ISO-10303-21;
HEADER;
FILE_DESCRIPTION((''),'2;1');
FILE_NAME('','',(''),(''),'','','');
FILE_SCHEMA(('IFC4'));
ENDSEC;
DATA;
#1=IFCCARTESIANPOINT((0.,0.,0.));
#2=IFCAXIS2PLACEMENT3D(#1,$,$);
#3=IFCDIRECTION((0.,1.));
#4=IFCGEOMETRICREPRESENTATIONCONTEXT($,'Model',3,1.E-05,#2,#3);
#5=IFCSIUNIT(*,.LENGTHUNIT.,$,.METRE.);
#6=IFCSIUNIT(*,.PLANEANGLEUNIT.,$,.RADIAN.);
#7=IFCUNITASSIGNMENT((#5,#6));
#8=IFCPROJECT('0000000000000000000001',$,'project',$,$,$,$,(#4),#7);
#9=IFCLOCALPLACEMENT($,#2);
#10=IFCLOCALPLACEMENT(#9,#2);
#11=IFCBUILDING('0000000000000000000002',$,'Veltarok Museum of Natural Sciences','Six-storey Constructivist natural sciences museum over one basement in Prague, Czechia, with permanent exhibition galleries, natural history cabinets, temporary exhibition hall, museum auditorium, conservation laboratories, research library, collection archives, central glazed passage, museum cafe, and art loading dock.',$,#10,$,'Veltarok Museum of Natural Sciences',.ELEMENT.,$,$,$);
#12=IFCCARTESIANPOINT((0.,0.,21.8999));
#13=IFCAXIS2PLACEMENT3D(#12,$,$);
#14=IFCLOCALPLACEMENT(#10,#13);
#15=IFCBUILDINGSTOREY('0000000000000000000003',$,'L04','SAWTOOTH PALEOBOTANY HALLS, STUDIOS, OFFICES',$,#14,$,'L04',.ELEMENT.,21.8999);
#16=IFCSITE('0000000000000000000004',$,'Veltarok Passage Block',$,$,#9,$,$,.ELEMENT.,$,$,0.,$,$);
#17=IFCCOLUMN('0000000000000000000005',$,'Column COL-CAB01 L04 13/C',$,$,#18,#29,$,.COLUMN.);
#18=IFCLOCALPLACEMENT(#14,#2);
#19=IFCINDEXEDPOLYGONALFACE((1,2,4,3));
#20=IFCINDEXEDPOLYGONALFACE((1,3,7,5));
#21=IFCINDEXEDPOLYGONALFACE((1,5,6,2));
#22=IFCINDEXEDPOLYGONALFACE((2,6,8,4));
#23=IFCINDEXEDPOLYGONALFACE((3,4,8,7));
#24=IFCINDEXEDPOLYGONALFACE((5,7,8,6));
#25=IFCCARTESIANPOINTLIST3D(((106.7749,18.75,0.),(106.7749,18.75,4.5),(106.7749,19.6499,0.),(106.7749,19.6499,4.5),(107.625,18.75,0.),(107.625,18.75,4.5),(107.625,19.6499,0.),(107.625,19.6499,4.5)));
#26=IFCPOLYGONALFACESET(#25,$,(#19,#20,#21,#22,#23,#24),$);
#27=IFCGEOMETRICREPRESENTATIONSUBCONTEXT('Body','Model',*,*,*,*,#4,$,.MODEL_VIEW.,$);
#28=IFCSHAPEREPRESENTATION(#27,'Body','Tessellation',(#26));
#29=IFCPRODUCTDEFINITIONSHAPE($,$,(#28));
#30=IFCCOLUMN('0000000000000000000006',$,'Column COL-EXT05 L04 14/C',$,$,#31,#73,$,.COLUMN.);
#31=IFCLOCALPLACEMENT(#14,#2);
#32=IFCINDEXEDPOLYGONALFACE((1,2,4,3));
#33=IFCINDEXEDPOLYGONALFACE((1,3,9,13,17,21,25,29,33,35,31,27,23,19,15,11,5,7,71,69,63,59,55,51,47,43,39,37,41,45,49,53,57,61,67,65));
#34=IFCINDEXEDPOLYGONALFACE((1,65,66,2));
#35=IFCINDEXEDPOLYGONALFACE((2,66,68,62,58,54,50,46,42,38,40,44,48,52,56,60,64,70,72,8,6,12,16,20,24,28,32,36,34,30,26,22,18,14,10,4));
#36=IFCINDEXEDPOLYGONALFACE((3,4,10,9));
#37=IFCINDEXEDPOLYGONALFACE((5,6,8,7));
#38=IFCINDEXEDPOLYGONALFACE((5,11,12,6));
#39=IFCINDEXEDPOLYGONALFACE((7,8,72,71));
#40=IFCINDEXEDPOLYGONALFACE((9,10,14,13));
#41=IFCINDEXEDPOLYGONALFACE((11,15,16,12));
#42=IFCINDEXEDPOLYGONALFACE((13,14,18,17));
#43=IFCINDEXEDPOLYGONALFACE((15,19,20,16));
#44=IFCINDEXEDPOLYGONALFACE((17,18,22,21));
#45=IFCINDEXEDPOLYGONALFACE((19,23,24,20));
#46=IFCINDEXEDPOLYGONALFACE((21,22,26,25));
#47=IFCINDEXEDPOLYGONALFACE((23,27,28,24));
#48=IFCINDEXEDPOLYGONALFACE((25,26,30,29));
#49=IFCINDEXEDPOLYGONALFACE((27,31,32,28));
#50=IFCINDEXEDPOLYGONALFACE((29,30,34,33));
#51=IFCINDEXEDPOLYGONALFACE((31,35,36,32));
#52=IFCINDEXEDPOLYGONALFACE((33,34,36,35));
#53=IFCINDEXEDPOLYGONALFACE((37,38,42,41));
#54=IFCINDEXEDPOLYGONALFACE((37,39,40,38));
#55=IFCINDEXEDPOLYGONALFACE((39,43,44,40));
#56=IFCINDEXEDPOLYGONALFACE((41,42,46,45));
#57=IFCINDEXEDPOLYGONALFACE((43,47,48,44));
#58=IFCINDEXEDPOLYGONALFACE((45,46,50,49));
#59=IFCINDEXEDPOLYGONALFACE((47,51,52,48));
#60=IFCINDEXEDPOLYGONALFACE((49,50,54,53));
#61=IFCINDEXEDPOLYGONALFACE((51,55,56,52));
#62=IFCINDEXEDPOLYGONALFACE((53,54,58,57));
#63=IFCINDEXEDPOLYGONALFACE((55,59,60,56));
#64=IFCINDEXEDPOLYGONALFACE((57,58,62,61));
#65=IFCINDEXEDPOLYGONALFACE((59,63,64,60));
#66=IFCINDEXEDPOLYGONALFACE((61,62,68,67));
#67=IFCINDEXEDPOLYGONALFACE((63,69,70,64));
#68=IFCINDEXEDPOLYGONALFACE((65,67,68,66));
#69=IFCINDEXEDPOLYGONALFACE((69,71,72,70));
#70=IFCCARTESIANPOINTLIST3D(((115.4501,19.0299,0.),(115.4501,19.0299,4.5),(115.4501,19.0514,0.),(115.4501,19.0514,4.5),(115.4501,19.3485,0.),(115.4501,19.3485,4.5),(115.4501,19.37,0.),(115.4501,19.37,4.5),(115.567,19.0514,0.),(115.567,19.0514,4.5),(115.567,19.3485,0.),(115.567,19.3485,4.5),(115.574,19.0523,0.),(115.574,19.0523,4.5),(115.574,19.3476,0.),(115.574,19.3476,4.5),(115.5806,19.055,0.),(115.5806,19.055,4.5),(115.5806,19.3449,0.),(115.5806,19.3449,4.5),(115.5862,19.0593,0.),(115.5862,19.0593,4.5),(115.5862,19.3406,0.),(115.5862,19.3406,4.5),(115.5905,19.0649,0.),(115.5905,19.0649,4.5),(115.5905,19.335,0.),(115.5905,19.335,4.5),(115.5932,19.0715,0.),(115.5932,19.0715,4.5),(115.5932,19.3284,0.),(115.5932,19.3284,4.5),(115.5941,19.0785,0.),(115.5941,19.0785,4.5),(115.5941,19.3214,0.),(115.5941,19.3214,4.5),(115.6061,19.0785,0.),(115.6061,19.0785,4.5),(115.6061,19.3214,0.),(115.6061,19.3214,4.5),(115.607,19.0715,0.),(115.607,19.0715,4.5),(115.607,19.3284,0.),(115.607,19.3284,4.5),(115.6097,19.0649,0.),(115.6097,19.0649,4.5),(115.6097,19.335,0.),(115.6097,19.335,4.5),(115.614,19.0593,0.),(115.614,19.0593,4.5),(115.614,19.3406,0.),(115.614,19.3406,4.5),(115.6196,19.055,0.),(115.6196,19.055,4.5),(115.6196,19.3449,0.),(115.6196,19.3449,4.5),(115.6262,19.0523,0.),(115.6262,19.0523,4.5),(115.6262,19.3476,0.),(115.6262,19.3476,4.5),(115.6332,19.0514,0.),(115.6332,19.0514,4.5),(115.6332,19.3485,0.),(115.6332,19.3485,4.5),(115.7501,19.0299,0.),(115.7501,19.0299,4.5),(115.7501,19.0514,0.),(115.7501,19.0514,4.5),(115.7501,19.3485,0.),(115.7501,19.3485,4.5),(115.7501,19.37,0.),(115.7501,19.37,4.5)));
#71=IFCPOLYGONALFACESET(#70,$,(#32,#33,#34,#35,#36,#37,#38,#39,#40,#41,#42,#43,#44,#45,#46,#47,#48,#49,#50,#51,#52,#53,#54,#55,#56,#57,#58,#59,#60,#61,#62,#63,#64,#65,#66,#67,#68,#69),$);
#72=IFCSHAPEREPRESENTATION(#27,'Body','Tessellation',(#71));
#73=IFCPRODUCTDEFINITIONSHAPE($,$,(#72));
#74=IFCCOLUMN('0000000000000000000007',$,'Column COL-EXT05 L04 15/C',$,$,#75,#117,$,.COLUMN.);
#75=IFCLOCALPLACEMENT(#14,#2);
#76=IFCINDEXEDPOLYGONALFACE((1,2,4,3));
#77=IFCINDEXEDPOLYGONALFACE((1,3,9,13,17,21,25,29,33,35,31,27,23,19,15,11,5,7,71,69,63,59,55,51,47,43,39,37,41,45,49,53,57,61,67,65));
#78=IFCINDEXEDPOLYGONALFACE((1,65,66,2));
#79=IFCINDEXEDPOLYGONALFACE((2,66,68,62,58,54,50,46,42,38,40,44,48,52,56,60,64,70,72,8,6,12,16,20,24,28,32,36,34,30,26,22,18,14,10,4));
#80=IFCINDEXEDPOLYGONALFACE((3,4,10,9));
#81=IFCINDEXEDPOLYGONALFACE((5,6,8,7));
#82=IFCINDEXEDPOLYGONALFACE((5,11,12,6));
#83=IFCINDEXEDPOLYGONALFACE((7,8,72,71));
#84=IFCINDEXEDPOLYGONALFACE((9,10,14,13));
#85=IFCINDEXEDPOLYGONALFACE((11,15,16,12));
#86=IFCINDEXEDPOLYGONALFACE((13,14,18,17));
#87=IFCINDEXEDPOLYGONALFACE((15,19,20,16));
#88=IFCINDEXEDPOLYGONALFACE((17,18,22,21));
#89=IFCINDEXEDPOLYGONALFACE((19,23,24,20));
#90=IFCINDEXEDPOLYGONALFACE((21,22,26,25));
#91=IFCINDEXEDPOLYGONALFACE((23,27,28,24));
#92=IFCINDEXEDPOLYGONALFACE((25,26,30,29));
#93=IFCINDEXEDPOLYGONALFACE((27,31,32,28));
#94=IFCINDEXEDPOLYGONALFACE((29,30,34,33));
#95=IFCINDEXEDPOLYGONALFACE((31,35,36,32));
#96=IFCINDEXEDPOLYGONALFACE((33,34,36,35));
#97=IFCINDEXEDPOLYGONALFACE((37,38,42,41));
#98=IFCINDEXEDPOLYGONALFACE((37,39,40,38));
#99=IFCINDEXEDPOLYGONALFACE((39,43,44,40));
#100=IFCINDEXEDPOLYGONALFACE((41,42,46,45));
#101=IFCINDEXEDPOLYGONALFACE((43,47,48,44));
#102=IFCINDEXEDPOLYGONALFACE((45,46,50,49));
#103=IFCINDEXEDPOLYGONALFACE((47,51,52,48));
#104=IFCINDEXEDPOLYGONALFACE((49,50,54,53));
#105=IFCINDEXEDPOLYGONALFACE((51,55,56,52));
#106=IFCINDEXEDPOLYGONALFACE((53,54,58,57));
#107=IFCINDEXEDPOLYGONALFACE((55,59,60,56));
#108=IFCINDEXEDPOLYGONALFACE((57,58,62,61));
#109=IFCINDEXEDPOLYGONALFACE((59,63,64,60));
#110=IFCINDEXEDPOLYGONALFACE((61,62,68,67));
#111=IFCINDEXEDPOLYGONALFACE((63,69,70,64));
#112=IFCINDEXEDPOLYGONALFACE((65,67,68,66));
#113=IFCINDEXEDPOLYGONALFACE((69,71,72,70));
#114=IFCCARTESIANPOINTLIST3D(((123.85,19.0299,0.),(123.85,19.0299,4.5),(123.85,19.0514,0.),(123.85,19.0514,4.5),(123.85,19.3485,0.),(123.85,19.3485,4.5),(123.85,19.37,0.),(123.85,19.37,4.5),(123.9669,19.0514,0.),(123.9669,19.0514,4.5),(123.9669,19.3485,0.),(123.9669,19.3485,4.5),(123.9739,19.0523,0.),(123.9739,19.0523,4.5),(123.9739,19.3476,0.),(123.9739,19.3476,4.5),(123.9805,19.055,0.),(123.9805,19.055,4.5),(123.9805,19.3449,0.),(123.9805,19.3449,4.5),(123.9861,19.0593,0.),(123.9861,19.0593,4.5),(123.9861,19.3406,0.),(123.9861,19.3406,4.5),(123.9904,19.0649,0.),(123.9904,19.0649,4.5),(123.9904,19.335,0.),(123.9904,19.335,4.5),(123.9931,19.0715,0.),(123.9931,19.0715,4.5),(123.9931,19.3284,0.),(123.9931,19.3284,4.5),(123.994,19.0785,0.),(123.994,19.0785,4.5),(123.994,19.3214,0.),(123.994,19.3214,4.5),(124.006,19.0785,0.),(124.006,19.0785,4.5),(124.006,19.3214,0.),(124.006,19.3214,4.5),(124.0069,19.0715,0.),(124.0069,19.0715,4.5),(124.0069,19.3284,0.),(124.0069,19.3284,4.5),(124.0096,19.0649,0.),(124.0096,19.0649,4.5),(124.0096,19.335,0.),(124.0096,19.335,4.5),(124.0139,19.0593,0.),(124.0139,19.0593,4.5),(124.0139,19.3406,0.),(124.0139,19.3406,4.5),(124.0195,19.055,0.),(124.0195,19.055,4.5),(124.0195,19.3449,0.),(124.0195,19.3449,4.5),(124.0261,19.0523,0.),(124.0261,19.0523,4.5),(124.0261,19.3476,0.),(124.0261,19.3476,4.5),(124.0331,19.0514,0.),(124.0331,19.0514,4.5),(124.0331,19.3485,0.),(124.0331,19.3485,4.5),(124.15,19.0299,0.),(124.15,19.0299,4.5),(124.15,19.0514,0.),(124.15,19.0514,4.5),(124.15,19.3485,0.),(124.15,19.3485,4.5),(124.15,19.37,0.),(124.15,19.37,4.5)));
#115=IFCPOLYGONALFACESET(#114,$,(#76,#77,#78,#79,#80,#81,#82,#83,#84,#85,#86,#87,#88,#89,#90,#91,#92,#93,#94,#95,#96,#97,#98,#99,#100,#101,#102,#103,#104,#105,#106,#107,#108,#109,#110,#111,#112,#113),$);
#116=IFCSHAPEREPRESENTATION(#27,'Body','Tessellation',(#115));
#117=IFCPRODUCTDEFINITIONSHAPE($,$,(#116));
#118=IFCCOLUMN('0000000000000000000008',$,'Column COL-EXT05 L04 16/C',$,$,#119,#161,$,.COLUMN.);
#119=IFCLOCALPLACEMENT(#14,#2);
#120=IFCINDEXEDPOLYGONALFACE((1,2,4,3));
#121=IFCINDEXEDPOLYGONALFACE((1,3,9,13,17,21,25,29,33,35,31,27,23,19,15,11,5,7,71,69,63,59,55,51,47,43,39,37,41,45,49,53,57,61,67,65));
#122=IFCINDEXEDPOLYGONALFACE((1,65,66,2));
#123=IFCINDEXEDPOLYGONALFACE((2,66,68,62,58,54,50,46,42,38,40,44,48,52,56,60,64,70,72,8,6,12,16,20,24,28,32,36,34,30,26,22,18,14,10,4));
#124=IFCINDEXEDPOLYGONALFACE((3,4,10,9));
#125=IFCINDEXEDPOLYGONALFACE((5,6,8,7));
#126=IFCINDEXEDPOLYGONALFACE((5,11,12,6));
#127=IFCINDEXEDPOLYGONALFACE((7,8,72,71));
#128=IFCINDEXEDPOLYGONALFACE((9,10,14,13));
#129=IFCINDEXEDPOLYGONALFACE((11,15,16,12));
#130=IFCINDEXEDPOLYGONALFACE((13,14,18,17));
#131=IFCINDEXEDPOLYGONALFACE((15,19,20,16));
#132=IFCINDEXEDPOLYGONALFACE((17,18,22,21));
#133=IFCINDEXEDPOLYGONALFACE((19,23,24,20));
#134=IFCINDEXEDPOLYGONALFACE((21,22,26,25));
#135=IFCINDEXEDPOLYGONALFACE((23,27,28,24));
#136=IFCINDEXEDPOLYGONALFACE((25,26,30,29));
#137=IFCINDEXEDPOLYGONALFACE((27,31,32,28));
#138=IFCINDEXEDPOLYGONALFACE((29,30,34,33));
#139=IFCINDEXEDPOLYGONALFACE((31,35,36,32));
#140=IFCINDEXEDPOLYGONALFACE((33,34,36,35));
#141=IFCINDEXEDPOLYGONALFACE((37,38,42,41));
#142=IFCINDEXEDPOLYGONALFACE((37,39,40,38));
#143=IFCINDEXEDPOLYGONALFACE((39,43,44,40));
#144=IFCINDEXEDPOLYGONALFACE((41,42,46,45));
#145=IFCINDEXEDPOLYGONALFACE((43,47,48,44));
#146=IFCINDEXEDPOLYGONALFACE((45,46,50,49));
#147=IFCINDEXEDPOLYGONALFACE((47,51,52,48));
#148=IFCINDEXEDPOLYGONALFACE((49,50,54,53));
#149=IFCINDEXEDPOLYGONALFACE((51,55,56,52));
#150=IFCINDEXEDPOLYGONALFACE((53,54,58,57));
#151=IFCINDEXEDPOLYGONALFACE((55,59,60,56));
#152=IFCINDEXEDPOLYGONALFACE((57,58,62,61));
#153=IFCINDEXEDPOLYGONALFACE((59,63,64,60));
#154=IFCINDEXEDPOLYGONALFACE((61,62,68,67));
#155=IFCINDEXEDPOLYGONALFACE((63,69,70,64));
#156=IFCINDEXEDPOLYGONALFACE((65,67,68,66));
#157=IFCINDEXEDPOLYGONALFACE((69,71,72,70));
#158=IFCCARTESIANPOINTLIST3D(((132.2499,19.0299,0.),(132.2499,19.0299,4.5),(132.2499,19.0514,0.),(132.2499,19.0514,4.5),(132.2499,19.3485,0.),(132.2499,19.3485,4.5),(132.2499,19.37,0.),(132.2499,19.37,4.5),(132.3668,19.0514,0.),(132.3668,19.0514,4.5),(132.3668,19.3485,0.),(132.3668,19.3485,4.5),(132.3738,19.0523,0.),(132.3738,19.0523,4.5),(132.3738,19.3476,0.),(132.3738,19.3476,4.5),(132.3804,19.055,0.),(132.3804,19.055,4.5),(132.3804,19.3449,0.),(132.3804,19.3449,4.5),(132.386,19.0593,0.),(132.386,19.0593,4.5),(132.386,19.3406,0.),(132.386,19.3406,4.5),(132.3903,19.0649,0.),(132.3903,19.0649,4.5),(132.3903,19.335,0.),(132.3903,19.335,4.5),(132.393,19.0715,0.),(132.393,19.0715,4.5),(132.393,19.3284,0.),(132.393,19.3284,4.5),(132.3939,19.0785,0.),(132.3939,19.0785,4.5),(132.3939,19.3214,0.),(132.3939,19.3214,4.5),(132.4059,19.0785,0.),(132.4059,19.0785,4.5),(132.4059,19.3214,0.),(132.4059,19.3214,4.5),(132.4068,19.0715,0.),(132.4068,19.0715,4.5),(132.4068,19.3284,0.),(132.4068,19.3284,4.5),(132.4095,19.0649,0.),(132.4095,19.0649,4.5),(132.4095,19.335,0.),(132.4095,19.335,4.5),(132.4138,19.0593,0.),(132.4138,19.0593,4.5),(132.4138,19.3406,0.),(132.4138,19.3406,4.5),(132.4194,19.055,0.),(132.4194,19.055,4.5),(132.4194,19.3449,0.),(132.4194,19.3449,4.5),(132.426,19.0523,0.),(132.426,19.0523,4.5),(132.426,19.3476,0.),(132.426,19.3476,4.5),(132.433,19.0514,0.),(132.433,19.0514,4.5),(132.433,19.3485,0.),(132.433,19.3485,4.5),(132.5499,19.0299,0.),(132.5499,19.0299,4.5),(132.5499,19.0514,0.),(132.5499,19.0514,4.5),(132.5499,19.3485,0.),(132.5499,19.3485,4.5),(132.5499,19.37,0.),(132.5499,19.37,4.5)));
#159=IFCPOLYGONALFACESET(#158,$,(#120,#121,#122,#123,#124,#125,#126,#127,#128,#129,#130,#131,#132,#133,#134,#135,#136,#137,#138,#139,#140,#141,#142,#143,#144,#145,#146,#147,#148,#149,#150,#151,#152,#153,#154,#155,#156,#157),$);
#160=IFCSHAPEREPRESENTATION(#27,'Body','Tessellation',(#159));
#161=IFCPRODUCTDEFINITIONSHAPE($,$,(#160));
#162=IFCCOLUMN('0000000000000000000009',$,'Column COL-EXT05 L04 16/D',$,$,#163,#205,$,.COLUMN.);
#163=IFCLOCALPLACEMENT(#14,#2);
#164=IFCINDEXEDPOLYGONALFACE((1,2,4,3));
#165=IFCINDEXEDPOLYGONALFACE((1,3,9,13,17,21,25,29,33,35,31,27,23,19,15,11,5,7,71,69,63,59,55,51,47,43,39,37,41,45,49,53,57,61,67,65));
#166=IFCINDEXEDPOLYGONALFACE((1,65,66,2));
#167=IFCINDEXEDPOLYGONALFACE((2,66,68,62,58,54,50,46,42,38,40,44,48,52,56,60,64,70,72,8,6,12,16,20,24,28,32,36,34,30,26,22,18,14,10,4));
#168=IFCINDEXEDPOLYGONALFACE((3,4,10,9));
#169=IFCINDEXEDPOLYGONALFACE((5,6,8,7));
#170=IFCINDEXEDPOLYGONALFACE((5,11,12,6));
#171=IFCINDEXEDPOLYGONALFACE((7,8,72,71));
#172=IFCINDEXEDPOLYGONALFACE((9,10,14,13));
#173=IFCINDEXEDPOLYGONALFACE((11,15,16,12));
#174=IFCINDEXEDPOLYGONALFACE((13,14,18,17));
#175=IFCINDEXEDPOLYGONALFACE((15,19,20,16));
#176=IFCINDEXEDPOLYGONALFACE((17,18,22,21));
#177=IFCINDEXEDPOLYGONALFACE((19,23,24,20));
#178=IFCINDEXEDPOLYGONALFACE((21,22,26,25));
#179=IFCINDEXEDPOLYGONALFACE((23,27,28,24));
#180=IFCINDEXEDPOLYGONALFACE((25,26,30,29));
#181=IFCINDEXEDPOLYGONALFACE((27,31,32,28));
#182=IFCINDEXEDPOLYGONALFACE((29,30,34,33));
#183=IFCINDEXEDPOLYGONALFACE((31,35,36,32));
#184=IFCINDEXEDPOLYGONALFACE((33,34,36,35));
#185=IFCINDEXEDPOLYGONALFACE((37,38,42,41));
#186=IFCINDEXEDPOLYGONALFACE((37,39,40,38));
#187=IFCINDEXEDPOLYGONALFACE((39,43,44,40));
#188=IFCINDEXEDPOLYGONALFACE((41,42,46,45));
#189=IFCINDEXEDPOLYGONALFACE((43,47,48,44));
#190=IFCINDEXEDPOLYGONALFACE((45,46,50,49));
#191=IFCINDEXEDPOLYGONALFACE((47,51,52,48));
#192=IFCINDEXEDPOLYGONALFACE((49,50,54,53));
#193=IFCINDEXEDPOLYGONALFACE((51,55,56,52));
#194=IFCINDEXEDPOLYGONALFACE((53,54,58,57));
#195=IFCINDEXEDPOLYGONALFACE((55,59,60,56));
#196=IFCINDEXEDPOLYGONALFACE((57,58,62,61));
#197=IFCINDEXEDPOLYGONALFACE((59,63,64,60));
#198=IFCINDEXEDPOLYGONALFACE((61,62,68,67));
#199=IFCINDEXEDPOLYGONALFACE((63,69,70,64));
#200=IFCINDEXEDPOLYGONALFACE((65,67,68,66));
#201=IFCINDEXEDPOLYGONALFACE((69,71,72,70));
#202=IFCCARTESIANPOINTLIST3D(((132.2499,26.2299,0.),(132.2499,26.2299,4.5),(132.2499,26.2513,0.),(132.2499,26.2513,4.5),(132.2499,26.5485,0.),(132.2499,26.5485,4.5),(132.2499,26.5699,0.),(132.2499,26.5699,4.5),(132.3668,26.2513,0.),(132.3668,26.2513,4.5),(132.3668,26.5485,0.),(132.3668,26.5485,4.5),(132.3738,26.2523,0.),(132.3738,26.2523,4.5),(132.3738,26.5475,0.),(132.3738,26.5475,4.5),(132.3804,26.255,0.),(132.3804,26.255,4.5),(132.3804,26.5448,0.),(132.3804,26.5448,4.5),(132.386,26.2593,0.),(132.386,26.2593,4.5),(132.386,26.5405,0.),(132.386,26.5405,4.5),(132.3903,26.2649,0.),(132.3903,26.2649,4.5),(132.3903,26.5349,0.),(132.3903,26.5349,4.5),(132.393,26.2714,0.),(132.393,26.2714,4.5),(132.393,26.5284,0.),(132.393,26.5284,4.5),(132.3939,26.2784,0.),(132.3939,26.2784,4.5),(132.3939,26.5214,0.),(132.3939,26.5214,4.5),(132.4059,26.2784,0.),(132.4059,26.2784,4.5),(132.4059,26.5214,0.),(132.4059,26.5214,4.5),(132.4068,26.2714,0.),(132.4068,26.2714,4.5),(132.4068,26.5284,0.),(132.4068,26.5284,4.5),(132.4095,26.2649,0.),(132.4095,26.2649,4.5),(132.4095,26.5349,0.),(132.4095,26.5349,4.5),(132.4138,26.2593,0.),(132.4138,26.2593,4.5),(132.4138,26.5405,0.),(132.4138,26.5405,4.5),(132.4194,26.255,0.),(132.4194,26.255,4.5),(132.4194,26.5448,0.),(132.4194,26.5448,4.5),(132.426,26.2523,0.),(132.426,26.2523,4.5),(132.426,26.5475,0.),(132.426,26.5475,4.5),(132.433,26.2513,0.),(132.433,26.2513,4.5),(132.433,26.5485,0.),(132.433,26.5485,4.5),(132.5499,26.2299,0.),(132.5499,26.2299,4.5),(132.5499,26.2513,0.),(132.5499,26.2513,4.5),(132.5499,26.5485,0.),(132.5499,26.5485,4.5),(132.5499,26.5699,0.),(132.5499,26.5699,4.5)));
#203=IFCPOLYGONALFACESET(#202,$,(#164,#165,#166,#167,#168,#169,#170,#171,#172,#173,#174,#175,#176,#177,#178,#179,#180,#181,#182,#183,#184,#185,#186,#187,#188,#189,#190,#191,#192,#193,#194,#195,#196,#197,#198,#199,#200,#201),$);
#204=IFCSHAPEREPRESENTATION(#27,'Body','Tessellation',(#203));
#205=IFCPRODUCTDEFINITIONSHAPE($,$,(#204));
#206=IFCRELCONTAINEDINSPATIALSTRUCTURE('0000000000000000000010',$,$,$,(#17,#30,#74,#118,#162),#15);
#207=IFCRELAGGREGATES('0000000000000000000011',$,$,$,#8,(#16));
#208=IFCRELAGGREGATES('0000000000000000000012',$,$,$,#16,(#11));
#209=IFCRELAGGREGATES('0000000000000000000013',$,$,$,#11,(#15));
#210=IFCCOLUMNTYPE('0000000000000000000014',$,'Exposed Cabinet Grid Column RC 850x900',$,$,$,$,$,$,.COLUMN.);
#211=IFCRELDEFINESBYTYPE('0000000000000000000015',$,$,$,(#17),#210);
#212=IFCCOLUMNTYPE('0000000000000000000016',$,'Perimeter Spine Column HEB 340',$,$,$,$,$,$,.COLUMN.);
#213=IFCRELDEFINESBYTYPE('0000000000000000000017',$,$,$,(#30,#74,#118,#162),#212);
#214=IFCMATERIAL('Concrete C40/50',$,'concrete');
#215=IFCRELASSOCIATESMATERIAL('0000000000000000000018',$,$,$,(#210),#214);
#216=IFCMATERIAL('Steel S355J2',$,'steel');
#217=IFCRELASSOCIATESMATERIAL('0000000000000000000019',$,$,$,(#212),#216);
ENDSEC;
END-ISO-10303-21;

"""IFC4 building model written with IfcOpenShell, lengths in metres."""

from ifc_helpers import new_model, si_unit, direction, frame, origin, origin_2d, place, context, subcontext, project, spatial, rectangle, i_section, extrude, material, material_profile, profile_set, type_object, element, save


model = new_model("IFC4")

# Units and contexts
model_context = context("Model", 3, precision=1e-05, world=origin(), true_north=direction((0.0, 1.0)))
body_context = subcontext(model_context, "Body", "Model", "MODEL_VIEW")
ifc_project = project(units=[si_unit("LENGTHUNIT", "METRE"), si_unit("PLANEANGLEUNIT", "RADIAN")], contexts=[model_context])

# Site, building, storey
site_placement = place(None, origin())
site = spatial("IfcSite", under=ifc_project, at=site_placement, Name="Veltarok Passage Block", CompositionType="ELEMENT", RefElevation=0.0)
building_placement = place(site_placement, origin())
building = spatial("IfcBuilding", under=site, at=building_placement, Name="Veltarok Museum of Natural Sciences", Description="Six-storey Constructivist natural sciences museum over one basement in Prague, Czechia, with permanent exhibition galleries, natural history cabinets, temporary exhibition hall, museum auditorium, conservation laboratories, research library, collection archives, central glazed passage, museum cafe, and art loading dock.", LongName="Veltarok Museum of Natural Sciences", CompositionType="ELEMENT")
storey_placement = place(building_placement, frame((0.0, 0.0, 21.8999)))
storey = spatial("IfcBuildingStorey", under=building, at=storey_placement, Name="L04", Description="SAWTOOTH PALEOBOTANY HALLS, STUDIOS, OFFICES", LongName="L04", CompositionType="ELEMENT", Elevation=21.8999)

# Columns
ifc_material_1 = material(Name="Concrete C40/50", Category="concrete")
ifc_material_profile_1 = material_profile(ifc_material_1, rectangle(XDim=0.8501, YDim=0.8999, at=origin_2d()), Name="RC 850x900")
ifc_profile_set_1 = profile_set([ifc_material_profile_1], Name="Concrete C40/50")
column_type_1 = type_object("IfcColumnType", Name="Exposed Cabinet Grid Column RC 850x900", PredefinedType="COLUMN", material=ifc_profile_set_1)
column_placement = place(storey_placement, frame((107.2, 19.2, 0.0), z_axis=(0.0, 0.0, 1.0), x_axis=(1.0, 0.0, 0.0)))
element("IfcColumn", 1, at=column_placement, inside=storey, type_object=column_type_1, Name="Column COL-CAB01 L04 13/C", PredefinedType="COLUMN", context=body_context, shape_type="SweptSolid", body=[
    extrude(rectangle(XDim=0.8501, YDim=0.8999, at=origin_2d()), origin(), (0.0, 0.0, 1.0), 4.5),
])
ifc_material_2 = material(Name="Steel S355J2", Category="steel")
ifc_material_profile_2 = material_profile(ifc_material_2, i_section(OverallWidth=0.3, OverallDepth=0.3401, WebThickness=0.012, FlangeThickness=0.0215, FilletRadius=0.0271, at=origin_2d()), Name="HEB 340")
ifc_profile_set_2 = profile_set([ifc_material_profile_2], Name="Steel S355J2")
column_type_2 = type_object("IfcColumnType", Name="Perimeter Spine Column HEB 340", PredefinedType="COLUMN", material=ifc_profile_set_2)
for number, where, z_axis, x_axis, name in (
    (2, (115.6001, 19.2, 0.0), (0.0, 0.0, 1.0), (1.0, 0.0, 0.0), "Column COL-EXT05 L04 14/C"),
    (3, (124.0, 19.2, 0.0), (0.0, 0.0, 1.0), (1.0, 0.0, 0.0), "Column COL-EXT05 L04 15/C"),
    (4, (132.3999, 19.2, 0.0), (0.0, 0.0, 1.0), (1.0, 0.0, 0.0), "Column COL-EXT05 L04 16/C"),
    (5, (132.3999, 26.3999, 0.0), (0.0, 0.0, 1.0), (1.0, 0.0, 0.0), "Column COL-EXT05 L04 16/D"),
):
    element("IfcColumn", number, at=place(storey_placement, frame(where, z_axis=z_axis, x_axis=x_axis)), inside=storey, type_object=column_type_2, Name=name, PredefinedType="COLUMN", context=body_context, shape_type="SweptSolid", body=[
        extrude(i_section(OverallWidth=0.3, OverallDepth=0.3401, WebThickness=0.012, FlangeThickness=0.0215, FilletRadius=0.0271, at=origin_2d()), origin(), (0.0, 0.0, 1.0), 4.5),
    ])

save(model, "model.ifc")
